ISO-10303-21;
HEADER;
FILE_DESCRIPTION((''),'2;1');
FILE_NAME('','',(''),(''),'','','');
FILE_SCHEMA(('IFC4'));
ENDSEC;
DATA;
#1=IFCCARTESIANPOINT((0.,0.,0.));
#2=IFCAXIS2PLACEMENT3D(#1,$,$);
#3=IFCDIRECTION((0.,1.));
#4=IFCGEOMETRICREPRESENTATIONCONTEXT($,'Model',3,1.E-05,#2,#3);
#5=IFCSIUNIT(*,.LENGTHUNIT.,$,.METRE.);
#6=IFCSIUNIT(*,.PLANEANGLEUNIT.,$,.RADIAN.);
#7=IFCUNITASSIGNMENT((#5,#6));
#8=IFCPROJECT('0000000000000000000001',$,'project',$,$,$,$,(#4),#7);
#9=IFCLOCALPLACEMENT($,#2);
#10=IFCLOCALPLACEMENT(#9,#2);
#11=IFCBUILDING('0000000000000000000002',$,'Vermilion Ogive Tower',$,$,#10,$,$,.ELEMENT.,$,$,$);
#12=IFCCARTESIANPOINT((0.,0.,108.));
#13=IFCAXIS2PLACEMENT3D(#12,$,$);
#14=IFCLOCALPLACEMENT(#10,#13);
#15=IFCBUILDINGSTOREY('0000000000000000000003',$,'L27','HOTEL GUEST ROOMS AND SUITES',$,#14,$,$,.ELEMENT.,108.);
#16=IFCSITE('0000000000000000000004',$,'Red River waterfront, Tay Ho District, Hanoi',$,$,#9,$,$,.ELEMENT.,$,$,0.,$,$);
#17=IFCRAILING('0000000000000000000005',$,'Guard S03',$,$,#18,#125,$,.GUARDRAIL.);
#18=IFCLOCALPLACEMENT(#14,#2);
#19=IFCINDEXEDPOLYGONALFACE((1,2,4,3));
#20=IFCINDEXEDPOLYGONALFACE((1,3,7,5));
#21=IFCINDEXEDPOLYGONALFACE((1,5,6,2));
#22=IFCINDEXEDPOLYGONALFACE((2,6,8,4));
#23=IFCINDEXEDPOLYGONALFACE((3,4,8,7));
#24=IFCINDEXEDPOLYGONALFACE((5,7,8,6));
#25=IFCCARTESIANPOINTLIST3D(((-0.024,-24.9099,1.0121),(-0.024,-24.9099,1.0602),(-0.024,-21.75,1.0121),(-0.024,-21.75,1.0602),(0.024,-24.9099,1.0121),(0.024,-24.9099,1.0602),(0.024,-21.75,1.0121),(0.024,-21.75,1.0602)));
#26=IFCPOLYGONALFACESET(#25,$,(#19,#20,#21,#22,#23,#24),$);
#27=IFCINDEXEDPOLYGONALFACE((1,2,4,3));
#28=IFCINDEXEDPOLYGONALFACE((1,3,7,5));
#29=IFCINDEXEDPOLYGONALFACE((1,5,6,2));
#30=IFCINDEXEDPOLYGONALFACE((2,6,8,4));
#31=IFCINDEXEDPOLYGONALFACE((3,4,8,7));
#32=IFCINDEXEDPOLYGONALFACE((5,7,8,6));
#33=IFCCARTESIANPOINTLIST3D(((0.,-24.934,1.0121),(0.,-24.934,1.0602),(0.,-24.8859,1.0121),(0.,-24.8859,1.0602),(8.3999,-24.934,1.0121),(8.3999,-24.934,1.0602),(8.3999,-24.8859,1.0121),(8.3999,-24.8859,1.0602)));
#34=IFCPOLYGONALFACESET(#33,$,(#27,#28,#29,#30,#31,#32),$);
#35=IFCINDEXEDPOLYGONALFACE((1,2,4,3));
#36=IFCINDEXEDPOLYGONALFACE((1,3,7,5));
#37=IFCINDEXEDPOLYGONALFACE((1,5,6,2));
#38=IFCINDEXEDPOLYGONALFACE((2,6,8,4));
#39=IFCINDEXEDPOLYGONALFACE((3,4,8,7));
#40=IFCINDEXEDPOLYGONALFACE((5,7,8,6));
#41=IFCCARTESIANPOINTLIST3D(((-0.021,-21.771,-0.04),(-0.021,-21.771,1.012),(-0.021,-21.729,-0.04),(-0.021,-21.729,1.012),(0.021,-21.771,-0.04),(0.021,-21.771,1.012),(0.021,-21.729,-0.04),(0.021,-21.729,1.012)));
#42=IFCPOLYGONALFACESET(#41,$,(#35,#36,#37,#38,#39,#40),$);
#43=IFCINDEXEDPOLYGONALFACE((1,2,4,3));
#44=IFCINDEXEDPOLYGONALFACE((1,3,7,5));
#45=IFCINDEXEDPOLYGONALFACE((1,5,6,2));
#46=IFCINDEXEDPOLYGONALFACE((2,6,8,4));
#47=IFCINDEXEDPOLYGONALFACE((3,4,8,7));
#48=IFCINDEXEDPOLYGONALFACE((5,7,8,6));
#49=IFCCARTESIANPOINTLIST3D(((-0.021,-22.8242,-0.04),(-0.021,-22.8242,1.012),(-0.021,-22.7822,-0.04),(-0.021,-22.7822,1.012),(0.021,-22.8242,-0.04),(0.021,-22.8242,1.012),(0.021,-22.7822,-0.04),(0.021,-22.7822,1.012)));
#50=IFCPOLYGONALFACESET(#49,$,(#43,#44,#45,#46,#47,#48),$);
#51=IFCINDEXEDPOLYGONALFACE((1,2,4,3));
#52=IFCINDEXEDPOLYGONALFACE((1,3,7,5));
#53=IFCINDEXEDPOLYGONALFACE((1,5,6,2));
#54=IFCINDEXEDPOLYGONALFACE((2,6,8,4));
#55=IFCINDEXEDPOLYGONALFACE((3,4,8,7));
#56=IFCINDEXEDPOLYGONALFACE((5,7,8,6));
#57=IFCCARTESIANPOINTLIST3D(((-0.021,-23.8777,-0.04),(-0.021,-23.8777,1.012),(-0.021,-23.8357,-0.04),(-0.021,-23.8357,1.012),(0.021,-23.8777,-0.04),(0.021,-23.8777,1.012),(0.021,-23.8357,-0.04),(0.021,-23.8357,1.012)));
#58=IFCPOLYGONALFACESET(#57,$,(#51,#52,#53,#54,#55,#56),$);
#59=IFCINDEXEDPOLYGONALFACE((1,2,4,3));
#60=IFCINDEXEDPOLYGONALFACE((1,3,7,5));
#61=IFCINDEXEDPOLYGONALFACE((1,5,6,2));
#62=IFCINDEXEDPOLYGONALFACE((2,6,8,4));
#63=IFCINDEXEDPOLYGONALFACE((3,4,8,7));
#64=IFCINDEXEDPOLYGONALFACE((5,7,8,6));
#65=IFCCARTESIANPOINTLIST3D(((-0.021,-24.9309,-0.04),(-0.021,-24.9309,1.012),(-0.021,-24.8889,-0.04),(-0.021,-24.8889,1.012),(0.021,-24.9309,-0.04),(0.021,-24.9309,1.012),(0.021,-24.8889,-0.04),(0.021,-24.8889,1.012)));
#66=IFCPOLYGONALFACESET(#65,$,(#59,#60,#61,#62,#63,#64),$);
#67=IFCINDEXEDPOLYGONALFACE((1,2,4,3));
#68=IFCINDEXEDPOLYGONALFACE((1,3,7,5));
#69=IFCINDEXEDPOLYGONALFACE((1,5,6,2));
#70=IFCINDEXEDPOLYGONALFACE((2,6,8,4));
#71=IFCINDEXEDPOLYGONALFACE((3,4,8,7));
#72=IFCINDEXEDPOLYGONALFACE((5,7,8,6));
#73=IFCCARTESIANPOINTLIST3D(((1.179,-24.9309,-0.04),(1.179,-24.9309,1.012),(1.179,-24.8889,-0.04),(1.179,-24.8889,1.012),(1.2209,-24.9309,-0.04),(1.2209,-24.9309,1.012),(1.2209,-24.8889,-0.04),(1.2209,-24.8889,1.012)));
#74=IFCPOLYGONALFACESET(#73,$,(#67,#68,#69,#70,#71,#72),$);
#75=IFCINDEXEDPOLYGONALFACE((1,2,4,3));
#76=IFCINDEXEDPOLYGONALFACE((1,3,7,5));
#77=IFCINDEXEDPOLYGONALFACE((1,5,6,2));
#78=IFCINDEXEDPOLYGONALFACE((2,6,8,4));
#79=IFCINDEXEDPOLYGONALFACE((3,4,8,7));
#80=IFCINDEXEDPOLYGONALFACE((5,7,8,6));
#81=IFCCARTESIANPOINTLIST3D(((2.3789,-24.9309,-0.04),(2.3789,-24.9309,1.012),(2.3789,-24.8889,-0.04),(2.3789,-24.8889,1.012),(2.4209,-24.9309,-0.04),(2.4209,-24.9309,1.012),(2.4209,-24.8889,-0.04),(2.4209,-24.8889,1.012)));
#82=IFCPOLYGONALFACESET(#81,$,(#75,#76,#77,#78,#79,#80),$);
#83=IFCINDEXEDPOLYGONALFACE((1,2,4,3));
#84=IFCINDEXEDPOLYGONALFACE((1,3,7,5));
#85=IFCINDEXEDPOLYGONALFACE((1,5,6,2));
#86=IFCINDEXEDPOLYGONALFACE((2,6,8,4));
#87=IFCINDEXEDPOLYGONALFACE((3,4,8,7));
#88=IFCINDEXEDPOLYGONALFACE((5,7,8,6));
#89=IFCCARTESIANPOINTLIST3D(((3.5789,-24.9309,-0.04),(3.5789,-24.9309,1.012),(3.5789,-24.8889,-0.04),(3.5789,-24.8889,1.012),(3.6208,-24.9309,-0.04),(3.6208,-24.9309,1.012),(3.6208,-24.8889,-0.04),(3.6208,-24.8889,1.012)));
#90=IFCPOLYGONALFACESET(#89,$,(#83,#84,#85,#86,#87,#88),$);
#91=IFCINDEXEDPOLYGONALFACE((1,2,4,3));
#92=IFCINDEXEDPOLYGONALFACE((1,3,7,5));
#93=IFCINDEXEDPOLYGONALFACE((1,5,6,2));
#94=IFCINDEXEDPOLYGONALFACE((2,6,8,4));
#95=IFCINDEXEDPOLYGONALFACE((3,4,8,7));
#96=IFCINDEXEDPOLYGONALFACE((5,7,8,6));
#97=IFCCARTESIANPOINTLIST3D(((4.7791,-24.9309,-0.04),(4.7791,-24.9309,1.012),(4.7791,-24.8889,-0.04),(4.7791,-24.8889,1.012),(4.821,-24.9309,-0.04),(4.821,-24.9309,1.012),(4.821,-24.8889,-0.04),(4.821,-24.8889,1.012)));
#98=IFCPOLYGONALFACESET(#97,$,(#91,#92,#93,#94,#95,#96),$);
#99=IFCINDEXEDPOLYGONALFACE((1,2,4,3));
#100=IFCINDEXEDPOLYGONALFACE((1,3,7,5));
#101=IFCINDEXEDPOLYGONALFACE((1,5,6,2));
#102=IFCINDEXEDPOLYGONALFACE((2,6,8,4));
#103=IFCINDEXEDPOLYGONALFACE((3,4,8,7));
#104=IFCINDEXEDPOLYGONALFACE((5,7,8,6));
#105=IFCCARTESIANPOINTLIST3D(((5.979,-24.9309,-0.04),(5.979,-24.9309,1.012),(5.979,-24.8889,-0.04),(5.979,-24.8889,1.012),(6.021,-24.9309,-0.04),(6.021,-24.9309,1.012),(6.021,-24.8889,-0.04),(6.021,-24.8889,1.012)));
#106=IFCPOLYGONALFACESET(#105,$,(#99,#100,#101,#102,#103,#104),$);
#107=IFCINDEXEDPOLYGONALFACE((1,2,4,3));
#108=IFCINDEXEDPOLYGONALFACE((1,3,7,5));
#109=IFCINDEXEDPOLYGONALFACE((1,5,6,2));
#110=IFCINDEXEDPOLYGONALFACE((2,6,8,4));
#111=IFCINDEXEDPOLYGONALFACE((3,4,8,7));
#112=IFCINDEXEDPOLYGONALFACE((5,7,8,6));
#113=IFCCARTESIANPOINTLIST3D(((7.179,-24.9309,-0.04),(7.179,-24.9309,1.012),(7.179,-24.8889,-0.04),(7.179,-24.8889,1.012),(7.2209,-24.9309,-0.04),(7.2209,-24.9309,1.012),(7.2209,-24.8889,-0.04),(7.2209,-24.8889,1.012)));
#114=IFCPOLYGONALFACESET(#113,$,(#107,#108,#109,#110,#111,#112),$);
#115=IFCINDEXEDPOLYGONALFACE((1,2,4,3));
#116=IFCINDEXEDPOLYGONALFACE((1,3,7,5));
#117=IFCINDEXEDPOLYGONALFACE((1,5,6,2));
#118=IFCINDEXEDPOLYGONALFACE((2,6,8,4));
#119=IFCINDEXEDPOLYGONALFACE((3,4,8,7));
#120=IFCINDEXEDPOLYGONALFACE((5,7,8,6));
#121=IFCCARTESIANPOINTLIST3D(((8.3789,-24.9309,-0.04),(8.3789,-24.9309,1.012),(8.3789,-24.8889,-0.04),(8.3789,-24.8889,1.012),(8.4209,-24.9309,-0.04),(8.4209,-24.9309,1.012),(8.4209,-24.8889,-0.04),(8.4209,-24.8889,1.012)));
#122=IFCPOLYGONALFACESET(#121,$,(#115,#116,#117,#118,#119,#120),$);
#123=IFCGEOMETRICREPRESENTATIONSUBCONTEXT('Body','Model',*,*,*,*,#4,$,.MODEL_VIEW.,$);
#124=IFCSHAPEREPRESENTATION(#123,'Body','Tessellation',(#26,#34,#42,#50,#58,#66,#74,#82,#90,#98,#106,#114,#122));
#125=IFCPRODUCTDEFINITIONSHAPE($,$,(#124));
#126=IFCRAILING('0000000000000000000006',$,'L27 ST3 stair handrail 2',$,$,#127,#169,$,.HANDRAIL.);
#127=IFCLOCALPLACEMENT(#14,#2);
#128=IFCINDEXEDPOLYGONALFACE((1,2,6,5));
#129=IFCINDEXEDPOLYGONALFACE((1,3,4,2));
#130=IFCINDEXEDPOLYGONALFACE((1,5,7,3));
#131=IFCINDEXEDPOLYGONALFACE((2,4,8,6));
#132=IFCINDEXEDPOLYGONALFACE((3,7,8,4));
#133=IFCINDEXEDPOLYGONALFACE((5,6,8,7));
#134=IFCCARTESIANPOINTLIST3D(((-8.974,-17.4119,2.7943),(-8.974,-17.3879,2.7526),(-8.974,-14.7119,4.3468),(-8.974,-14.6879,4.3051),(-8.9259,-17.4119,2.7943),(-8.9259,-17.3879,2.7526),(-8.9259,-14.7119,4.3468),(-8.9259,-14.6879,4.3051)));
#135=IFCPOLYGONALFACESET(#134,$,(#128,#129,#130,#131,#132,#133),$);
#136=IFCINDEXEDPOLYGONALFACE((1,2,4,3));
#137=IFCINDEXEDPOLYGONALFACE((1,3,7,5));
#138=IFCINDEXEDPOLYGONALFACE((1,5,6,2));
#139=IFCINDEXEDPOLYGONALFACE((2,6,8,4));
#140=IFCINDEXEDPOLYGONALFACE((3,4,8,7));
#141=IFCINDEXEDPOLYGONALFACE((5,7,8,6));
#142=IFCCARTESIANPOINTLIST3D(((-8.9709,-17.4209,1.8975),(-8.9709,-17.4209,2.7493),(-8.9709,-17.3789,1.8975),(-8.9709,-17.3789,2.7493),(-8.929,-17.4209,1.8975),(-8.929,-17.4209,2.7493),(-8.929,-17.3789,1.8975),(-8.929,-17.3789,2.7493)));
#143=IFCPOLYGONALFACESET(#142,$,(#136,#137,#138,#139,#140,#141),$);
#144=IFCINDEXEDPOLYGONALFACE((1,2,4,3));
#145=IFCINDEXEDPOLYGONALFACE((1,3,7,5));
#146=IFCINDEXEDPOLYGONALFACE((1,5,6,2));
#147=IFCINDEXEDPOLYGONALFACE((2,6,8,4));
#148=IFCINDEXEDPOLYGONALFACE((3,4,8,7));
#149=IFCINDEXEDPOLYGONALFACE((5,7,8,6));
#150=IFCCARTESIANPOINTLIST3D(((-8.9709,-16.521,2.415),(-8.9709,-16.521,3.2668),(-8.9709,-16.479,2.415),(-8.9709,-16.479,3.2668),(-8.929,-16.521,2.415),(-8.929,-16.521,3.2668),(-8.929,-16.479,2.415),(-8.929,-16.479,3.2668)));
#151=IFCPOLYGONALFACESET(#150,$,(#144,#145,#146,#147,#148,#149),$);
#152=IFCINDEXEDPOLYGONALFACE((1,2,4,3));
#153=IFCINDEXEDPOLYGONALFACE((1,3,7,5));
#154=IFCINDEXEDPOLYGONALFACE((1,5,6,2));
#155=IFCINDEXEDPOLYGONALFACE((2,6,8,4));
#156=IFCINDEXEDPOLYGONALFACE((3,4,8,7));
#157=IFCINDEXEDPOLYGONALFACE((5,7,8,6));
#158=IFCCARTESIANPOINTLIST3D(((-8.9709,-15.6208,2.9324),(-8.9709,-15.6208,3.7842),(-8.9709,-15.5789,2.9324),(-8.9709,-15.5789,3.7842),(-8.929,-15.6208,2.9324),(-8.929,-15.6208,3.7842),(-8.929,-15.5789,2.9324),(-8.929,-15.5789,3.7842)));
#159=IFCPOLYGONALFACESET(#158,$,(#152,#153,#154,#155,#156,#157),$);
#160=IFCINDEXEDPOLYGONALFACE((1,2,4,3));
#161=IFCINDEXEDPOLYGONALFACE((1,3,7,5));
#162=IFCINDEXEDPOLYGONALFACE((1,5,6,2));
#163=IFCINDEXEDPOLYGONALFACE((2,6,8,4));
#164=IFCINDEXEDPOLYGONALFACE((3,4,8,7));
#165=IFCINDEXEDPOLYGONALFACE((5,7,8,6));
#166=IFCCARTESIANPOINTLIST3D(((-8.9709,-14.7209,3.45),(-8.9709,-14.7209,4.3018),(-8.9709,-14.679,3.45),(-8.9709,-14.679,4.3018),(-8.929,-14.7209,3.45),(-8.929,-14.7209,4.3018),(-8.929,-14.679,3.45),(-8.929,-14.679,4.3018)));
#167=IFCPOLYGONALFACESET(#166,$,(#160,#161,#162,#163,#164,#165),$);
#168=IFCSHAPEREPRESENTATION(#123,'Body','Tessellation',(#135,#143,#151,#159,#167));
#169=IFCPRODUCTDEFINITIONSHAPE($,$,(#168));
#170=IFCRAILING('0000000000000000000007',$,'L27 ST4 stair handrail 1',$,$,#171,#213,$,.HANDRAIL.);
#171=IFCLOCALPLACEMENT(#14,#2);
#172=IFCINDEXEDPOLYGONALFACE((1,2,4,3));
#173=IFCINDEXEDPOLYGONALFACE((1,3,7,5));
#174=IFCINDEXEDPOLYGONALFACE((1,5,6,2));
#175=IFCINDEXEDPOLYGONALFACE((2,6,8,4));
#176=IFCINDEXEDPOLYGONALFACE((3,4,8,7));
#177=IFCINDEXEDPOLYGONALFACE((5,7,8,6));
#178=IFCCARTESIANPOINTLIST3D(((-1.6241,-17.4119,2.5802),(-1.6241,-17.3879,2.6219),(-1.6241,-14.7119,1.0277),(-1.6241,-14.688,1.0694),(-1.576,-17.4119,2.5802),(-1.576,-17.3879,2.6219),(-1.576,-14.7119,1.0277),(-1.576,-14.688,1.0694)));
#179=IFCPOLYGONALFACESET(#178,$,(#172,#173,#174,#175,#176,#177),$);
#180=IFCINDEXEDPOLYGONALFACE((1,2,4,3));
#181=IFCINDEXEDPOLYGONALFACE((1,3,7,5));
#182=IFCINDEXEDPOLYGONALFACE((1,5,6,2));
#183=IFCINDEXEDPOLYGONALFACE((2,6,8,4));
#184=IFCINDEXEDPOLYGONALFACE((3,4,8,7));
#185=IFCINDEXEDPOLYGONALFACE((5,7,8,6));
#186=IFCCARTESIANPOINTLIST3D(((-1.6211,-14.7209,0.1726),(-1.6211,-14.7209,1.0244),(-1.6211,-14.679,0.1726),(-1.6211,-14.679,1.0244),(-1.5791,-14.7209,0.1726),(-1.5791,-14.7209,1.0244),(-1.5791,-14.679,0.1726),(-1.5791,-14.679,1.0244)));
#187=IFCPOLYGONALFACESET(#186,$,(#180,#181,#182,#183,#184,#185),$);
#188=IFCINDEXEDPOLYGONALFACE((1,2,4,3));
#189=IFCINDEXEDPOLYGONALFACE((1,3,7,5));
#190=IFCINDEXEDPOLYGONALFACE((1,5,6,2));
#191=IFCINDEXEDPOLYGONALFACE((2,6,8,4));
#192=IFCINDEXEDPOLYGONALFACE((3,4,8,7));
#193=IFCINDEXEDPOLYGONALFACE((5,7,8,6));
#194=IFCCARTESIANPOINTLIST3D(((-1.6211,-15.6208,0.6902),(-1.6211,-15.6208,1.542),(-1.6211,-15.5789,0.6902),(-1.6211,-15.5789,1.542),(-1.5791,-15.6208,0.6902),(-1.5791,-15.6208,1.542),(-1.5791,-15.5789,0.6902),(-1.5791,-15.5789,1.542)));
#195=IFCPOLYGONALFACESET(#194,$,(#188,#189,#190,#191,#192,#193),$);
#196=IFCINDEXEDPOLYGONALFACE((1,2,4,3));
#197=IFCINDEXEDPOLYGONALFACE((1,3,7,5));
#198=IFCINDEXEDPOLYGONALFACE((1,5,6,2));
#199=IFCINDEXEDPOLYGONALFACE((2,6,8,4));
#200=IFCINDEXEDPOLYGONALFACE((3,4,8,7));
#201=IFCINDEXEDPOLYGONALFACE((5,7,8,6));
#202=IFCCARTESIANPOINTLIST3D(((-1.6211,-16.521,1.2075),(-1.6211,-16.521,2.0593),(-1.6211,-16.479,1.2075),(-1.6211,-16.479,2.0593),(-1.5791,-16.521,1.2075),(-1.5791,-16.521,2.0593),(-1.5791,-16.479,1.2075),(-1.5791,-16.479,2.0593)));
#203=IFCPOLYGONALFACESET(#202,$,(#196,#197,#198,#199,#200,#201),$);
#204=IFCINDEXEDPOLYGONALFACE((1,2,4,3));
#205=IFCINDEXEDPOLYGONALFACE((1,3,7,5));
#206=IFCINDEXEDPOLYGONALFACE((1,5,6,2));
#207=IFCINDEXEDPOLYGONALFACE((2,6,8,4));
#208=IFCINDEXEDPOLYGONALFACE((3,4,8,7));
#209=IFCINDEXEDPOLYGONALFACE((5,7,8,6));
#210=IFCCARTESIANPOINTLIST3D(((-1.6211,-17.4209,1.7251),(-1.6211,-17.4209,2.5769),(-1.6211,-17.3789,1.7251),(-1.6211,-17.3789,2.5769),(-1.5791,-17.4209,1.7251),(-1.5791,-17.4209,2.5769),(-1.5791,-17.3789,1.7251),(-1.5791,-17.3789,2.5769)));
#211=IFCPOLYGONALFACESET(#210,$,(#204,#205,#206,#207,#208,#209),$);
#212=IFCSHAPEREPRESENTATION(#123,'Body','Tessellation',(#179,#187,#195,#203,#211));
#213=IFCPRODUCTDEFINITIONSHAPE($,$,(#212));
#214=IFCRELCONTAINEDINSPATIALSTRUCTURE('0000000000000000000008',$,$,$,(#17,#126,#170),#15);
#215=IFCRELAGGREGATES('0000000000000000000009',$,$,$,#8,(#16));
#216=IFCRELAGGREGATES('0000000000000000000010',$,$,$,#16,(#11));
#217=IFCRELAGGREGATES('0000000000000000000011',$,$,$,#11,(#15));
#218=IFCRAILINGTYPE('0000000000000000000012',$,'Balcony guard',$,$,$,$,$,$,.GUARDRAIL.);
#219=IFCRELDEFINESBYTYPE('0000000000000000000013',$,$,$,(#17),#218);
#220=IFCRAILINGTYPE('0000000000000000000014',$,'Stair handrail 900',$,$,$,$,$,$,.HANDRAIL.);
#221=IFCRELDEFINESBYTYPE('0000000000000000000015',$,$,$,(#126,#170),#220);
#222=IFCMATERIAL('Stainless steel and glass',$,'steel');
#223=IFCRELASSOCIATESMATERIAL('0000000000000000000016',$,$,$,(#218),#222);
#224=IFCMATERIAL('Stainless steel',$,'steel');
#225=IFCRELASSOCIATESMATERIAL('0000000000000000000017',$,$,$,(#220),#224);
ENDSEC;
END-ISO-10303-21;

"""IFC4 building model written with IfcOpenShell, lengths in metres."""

from ifc_helpers import new_model, si_unit, direction, frame, origin, origin_2d, place, context, subcontext, project, spatial, rectangle, extrude, material, type_object, element, save


model = new_model("IFC4")

# Units and contexts
model_context = context("Model", 3, precision=1e-05, world=origin(), true_north=direction((0.0, 1.0)))
body_context = subcontext(model_context, "Body", "Model", "MODEL_VIEW")
ifc_project = project(units=[si_unit("LENGTHUNIT", "METRE"), si_unit("PLANEANGLEUNIT", "RADIAN")], contexts=[model_context])

# Site, building, storey
site_placement = place(None, origin())
site = spatial("IfcSite", under=ifc_project, at=site_placement, Name="Red River waterfront, Tay Ho District, Hanoi", CompositionType="ELEMENT", RefElevation=0.0)
building_placement = place(site_placement, origin())
building = spatial("IfcBuilding", under=site, at=building_placement, Name="Vermilion Ogive Tower", CompositionType="ELEMENT")
storey_placement = place(building_placement, frame((0.0, 0.0, 108.0)))
storey = spatial("IfcBuildingStorey", under=building, at=storey_placement, Name="L27", Description="HOTEL GUEST ROOMS AND SUITES", CompositionType="ELEMENT", Elevation=108.0)

# Railings
ifc_material_1 = material(Name="Stainless steel and glass", Category="steel")
railing_type_1 = type_object("IfcRailingType", Name="Balcony guard", PredefinedType="GUARDRAIL", material=ifc_material_1)
railing_1_placement = place(storey_placement, frame((0.0, -21.75, -0.04)))
element("IfcRailing", 1, at=railing_1_placement, inside=storey, type_object=railing_type_1, Name="Guard S03", PredefinedType="GUARDRAIL", context=body_context, shape_type="SweptSolid", body=[
    extrude(rectangle(XDim=0.0481, YDim=0.0481, at=origin_2d()), frame((0.0, 0.0, 1.0762), z_axis=(0.0, -1.0, 0.0), x_axis=(1.0, 0.0, 0.0)), (0.0, 0.0, 1.0), 3.1599),
    extrude(rectangle(XDim=0.0481, YDim=0.0481, at=origin_2d()), frame((0.0, -3.1599, 1.0762), z_axis=(1.0, 0.0, 0.0), x_axis=(0.0, 1.0, 0.0)), (0.0, 0.0, 1.0), 8.3999),
    extrude(rectangle(XDim=0.042, YDim=0.042, at=origin_2d()), origin(), (0.0, 0.0, 1.0), 1.052),
    extrude(rectangle(XDim=0.042, YDim=0.042, at=origin_2d()), frame((0.0, -1.0532, 0.0)), (0.0, 0.0, 1.0), 1.052),
    extrude(rectangle(XDim=0.042, YDim=0.042, at=origin_2d()), frame((0.0, -2.1067, 0.0)), (0.0, 0.0, 1.0), 1.052),
    extrude(rectangle(XDim=0.042, YDim=0.042, at=origin_2d()), frame((0.0, -3.1599, 0.0)), (0.0, 0.0, 1.0), 1.052),
    extrude(rectangle(XDim=0.042, YDim=0.042, at=origin_2d()), frame((1.2, -3.1599, 0.0)), (0.0, 0.0, 1.0), 1.052),
    extrude(rectangle(XDim=0.042, YDim=0.042, at=origin_2d()), frame((2.3999, -3.1599, 0.0)), (0.0, 0.0, 1.0), 1.052),
    extrude(rectangle(XDim=0.042, YDim=0.042, at=origin_2d()), frame((3.5999, -3.1599, 0.0)), (0.0, 0.0, 1.0), 1.052),
    extrude(rectangle(XDim=0.042, YDim=0.042, at=origin_2d()), frame((4.8, -3.1599, 0.0)), (0.0, 0.0, 1.0), 1.052),
    extrude(rectangle(XDim=0.042, YDim=0.042, at=origin_2d()), frame((6.0, -3.1599, 0.0)), (0.0, 0.0, 1.0), 1.052),
    extrude(rectangle(XDim=0.042, YDim=0.042, at=origin_2d()), frame((7.2, -3.1599, 0.0)), (0.0, 0.0, 1.0), 1.052),
    extrude(rectangle(XDim=0.042, YDim=0.042, at=origin_2d()), frame((8.3999, -3.1599, 0.0)), (0.0, 0.0, 1.0), 1.052),
])
ifc_material_2 = material(Name="Stainless steel", Category="steel")
railing_type_2 = type_object("IfcRailingType", Name="Stair handrail 900", PredefinedType="HANDRAIL", material=ifc_material_2)
railing_2_placement = place(storey_placement, frame((-8.95, -17.3999, 1.8975)))
element("IfcRailing", 2, at=railing_2_placement, inside=storey, type_object=railing_type_2, Name="L27 ST3 stair handrail 2", PredefinedType="HANDRAIL", context=body_context, shape_type="SweptSolid", body=[
    extrude(rectangle(XDim=0.0481, YDim=0.0481, at=origin_2d()), frame((0.0, 0.0, 0.876), z_axis=(0.0, 0.866904, 0.498476), x_axis=(-1.0, 0.0, 0.0)), (0.0, 0.0, 1.0), 3.1145),
    extrude(rectangle(XDim=0.042, YDim=0.042, at=origin_2d()), origin(), (0.0, 0.0, 1.0), 0.8518),
    extrude(rectangle(XDim=0.042, YDim=0.042, at=origin_2d()), frame((0.0, 0.8999, 0.5176)), (0.0, 0.0, 1.0), 0.8518),
    extrude(rectangle(XDim=0.042, YDim=0.042, at=origin_2d()), frame((0.0, 1.8, 1.0349)), (0.0, 0.0, 1.0), 0.8518),
    extrude(rectangle(XDim=0.042, YDim=0.042, at=origin_2d()), frame((0.0, 2.7, 1.5525)), (0.0, 0.0, 1.0), 0.8518),
])
railing_3_placement = place(storey_placement, frame((-1.6001, -14.7, 0.1726)))
element("IfcRailing", 3, at=railing_3_placement, inside=storey, type_object=railing_type_2, Name="L27 ST4 stair handrail 1", PredefinedType="HANDRAIL", context=body_context, shape_type="SweptSolid", body=[
    extrude(rectangle(XDim=0.0481, YDim=0.0481, at=origin_2d()), frame((0.0, 0.0, 0.876), z_axis=(0.0, -0.866904, 0.498476), x_axis=(1.0, 0.0, 0.0)), (0.0, 0.0, 1.0), 3.1145),
    extrude(rectangle(XDim=0.042, YDim=0.042, at=origin_2d()), origin(), (0.0, 0.0, 1.0), 0.8518),
    extrude(rectangle(XDim=0.042, YDim=0.042, at=origin_2d()), frame((0.0, -0.8999, 0.5176)), (0.0, 0.0, 1.0), 0.8518),
    extrude(rectangle(XDim=0.042, YDim=0.042, at=origin_2d()), frame((0.0, -1.8, 1.0349)), (0.0, 0.0, 1.0), 0.8518),
    extrude(rectangle(XDim=0.042, YDim=0.042, at=origin_2d()), frame((0.0, -2.7, 1.5525)), (0.0, 0.0, 1.0), 0.8518),
])

save(model, "model.ifc")
